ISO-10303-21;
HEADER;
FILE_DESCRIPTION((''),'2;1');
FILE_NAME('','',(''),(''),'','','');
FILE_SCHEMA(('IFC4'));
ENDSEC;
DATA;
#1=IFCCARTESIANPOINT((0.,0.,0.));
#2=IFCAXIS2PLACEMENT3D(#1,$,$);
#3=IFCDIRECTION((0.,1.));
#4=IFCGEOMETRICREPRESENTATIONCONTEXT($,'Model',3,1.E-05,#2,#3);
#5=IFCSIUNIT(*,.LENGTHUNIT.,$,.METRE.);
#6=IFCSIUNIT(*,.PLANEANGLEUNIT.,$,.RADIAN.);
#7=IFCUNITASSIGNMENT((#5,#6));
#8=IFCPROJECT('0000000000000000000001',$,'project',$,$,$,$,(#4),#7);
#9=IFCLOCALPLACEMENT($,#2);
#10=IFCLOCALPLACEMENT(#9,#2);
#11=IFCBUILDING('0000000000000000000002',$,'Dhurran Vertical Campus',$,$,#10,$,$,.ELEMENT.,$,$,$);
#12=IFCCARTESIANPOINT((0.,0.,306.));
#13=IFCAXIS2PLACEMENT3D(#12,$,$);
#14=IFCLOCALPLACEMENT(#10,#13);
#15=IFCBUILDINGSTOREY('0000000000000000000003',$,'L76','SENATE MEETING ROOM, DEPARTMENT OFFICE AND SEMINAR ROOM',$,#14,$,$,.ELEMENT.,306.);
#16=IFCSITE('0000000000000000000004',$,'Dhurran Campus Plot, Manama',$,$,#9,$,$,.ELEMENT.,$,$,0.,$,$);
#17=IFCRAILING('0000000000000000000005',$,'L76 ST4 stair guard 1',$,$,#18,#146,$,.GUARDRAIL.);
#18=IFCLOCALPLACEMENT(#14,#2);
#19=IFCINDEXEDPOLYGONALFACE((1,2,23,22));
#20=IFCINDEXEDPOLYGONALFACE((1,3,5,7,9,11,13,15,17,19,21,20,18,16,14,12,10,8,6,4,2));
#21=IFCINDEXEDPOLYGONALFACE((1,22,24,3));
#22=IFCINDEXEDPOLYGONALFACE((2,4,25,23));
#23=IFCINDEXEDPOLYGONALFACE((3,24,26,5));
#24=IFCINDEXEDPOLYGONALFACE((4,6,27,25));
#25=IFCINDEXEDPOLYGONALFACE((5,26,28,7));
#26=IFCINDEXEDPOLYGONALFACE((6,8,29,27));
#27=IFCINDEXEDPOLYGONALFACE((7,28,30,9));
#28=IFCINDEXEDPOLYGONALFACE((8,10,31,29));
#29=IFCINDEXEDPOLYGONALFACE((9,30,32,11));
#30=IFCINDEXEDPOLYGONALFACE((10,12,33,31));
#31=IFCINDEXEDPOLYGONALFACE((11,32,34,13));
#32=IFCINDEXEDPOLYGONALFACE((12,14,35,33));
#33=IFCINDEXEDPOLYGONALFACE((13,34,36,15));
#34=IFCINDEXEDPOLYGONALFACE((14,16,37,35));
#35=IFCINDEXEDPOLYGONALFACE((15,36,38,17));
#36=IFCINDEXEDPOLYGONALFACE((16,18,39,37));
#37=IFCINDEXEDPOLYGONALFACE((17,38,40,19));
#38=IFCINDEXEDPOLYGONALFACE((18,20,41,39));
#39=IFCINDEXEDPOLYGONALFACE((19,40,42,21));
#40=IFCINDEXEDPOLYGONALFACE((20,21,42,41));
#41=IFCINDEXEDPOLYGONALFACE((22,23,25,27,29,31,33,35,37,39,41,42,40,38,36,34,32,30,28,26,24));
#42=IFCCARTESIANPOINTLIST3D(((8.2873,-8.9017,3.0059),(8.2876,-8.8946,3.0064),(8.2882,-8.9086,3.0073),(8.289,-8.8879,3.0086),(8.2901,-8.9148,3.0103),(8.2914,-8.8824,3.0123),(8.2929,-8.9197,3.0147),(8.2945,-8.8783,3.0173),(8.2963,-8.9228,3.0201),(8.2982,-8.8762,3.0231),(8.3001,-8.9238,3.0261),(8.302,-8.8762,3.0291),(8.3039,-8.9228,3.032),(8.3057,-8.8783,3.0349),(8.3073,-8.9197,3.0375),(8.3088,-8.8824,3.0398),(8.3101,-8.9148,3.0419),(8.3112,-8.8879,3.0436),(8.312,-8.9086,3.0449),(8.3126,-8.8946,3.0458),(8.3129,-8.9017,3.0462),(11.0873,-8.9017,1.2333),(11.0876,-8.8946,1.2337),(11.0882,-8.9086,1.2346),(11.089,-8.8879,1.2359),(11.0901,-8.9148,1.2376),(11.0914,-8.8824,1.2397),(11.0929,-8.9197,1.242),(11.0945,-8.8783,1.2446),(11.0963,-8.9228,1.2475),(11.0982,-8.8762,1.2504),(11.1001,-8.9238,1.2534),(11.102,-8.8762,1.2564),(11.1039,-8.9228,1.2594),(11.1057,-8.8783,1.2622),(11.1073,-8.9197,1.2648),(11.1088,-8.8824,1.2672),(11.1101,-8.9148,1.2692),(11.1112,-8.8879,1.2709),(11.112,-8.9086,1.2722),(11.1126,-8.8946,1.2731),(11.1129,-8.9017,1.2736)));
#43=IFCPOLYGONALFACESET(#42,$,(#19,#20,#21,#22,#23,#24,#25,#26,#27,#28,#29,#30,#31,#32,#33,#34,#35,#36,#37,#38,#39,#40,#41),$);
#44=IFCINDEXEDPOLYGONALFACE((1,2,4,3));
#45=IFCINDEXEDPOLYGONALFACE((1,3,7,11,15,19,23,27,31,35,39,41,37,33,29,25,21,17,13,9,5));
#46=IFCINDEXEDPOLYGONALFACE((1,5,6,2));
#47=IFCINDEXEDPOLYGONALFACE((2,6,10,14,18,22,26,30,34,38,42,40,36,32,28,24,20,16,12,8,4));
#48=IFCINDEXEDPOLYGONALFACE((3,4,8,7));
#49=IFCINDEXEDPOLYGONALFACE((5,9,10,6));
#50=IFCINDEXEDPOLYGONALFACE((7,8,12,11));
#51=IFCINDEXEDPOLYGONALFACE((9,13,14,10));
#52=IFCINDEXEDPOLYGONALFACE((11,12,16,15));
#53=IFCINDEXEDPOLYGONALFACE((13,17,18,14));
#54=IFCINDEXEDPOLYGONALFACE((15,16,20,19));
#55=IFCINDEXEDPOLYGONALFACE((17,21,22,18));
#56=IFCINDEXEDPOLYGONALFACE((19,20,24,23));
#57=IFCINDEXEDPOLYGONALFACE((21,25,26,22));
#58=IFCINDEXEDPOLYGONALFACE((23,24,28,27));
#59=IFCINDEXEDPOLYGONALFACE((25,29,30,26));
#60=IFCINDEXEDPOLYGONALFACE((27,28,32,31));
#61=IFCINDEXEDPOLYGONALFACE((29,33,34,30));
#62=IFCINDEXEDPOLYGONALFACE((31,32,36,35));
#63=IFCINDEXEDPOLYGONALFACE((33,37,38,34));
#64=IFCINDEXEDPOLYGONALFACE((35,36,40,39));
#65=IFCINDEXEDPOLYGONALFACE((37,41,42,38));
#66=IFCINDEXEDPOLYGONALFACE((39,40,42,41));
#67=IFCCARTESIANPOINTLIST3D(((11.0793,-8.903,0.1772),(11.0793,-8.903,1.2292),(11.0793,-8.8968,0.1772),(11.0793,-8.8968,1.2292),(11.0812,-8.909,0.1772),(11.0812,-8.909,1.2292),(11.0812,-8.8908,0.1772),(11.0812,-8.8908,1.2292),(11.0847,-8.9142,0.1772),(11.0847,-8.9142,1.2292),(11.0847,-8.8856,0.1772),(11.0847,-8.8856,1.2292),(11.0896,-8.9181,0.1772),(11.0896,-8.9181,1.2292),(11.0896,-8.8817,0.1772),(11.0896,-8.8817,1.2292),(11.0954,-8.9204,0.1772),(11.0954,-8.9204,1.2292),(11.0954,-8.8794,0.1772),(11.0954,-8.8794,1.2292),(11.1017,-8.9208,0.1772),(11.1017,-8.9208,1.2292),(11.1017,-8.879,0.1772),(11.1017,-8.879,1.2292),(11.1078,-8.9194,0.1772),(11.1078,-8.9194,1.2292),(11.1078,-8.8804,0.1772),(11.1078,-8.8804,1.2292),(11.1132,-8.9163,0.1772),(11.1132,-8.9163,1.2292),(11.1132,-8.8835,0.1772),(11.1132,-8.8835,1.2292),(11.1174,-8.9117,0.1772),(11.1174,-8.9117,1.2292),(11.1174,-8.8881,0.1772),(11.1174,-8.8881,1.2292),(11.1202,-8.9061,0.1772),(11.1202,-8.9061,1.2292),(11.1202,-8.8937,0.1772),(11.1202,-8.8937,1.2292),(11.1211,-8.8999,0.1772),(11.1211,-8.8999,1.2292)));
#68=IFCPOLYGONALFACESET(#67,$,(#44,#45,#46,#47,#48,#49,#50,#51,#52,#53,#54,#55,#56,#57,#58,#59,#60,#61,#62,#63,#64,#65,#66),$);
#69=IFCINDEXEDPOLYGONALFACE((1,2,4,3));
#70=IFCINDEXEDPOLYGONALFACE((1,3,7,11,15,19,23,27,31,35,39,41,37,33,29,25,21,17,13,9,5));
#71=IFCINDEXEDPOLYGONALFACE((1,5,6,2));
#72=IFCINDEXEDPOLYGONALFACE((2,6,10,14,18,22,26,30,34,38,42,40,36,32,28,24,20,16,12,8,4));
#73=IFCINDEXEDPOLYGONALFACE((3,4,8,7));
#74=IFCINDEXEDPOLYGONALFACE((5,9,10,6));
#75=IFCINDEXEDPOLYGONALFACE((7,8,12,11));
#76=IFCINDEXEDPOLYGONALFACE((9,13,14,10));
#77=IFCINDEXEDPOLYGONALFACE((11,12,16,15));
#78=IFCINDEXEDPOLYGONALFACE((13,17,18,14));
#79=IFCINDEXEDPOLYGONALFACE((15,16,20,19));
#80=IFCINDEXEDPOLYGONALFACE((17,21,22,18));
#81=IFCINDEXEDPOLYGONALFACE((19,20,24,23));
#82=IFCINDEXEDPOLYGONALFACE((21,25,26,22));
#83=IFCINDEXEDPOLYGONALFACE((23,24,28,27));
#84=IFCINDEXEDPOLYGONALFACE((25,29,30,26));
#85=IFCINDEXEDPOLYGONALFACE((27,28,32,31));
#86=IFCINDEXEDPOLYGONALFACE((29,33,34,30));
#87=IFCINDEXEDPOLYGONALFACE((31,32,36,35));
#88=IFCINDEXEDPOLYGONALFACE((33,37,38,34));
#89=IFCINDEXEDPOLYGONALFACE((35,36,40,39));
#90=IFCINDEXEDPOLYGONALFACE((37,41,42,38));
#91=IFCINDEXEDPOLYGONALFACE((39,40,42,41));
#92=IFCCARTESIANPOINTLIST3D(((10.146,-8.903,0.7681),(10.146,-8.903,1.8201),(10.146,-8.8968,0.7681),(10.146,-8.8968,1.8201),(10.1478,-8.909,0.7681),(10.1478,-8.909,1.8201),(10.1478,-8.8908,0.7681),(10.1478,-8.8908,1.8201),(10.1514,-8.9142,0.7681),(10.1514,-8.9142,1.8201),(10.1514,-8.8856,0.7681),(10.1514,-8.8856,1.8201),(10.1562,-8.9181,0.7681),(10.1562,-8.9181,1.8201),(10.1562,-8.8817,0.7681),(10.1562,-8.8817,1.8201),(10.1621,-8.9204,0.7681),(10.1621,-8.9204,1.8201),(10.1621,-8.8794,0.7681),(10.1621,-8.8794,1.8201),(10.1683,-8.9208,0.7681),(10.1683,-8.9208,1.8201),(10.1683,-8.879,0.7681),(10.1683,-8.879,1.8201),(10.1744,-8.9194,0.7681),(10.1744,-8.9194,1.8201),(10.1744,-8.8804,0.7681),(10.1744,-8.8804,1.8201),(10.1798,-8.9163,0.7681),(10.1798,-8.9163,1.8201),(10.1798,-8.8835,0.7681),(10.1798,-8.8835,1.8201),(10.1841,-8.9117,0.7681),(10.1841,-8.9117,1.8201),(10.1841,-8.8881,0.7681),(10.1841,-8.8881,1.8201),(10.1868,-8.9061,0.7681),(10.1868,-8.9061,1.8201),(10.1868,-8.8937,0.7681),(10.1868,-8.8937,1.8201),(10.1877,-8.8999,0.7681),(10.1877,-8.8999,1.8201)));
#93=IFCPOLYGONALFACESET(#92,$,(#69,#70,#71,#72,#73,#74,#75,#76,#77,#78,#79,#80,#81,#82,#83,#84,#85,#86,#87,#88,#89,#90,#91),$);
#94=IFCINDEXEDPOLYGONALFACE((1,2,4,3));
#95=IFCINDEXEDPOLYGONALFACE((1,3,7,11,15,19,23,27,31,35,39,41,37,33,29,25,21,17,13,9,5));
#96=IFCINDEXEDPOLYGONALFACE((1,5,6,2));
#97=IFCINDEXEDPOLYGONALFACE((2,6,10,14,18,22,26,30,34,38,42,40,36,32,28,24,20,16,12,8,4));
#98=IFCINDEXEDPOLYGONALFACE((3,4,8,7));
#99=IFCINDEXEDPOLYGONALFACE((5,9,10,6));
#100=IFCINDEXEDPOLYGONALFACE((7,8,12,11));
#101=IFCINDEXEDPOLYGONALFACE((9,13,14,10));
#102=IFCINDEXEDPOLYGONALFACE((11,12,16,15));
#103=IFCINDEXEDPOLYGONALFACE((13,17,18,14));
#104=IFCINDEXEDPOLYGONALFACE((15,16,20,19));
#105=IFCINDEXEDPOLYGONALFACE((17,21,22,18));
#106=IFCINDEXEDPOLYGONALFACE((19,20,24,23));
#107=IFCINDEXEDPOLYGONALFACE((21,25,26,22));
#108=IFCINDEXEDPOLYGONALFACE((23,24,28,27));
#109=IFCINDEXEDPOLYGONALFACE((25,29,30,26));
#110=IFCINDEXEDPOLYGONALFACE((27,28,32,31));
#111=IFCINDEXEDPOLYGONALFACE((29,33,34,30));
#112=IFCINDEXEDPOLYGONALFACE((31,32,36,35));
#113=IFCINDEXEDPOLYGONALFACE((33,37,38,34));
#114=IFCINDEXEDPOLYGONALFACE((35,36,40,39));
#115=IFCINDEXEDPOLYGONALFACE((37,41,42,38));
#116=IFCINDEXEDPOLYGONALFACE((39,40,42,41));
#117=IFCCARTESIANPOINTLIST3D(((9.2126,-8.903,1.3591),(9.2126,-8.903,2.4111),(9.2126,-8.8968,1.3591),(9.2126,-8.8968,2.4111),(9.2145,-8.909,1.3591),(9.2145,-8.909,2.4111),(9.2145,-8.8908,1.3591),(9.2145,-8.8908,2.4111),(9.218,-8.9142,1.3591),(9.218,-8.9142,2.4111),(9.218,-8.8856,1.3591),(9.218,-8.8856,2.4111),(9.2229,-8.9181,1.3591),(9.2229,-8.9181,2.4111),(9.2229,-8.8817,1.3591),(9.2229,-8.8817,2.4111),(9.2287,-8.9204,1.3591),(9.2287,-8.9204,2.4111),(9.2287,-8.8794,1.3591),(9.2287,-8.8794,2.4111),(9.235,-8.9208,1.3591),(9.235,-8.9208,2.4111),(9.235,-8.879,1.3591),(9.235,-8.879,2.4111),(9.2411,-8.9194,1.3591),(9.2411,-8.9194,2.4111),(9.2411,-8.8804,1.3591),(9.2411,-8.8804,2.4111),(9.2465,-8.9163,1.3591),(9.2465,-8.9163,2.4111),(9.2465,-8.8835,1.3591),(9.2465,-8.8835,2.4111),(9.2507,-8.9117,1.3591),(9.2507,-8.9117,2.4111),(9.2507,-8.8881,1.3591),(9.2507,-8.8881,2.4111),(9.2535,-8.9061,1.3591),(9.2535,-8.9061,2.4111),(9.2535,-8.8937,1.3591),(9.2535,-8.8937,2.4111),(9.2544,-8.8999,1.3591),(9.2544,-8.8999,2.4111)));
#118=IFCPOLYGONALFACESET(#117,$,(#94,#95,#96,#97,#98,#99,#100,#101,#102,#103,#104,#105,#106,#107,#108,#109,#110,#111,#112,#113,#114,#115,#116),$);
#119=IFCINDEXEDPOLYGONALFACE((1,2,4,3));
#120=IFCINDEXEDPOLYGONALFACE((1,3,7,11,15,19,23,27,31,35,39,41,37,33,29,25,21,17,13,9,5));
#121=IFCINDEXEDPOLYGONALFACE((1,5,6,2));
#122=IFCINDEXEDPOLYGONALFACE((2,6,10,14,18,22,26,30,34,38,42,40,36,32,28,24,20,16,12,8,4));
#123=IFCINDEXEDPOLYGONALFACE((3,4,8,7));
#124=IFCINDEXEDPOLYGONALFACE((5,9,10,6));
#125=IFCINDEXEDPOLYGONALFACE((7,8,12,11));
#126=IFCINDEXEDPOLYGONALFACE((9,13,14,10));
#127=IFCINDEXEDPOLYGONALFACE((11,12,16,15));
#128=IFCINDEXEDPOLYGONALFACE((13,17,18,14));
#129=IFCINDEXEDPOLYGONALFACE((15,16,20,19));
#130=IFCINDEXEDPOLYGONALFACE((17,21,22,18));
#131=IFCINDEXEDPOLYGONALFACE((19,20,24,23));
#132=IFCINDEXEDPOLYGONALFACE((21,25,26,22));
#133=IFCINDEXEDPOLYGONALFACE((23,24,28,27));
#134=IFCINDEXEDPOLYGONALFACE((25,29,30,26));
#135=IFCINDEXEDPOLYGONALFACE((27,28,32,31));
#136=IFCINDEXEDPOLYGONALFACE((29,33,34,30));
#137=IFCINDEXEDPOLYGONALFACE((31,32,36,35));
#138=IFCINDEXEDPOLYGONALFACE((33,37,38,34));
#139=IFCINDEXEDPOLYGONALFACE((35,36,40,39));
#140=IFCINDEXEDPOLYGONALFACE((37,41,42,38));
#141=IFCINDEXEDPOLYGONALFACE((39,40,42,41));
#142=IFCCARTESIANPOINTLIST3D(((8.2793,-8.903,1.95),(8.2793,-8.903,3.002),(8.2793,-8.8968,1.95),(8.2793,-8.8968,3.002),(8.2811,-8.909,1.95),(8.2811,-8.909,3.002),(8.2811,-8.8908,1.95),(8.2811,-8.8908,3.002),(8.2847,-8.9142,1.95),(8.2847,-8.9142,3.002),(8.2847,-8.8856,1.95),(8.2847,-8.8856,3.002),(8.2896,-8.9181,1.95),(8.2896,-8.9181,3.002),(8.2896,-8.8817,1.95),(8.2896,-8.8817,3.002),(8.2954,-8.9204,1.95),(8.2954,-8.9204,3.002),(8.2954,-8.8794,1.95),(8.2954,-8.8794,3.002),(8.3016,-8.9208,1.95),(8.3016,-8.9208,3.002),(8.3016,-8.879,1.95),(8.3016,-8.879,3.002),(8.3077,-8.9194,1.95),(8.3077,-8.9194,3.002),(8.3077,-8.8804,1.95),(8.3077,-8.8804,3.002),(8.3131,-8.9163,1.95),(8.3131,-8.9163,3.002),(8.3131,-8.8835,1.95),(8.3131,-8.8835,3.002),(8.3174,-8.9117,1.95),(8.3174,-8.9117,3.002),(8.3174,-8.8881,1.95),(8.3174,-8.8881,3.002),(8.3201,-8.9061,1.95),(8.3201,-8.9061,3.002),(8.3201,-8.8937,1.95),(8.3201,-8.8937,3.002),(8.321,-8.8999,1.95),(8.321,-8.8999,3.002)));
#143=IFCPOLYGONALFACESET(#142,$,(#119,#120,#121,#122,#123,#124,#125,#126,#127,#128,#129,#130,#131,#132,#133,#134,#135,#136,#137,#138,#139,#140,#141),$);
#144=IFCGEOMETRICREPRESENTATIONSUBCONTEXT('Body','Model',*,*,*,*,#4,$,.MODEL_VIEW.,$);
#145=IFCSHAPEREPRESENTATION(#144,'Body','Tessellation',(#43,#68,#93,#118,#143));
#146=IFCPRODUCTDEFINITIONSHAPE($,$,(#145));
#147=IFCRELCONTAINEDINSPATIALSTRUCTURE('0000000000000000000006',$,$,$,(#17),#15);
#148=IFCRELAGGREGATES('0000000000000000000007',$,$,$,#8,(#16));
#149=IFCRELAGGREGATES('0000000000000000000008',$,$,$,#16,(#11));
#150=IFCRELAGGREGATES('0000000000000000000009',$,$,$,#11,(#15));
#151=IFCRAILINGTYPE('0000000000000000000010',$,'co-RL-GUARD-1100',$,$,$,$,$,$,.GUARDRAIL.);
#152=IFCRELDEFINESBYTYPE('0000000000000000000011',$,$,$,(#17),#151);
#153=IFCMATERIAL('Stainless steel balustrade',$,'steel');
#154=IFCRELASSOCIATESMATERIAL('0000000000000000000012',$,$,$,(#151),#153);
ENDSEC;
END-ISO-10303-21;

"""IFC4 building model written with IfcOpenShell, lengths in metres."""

from ifc_helpers import new_model, si_unit, direction, frame, origin, origin_2d, place, context, subcontext, project, spatial, circle, extrude, material, type_object, element, save


model = new_model("IFC4")

# Units and contexts
model_context = context("Model", 3, precision=1e-05, world=origin(), true_north=direction((0.0, 1.0)))
body_context = subcontext(model_context, "Body", "Model", "MODEL_VIEW")
ifc_project = project(units=[si_unit("LENGTHUNIT", "METRE"), si_unit("PLANEANGLEUNIT", "RADIAN")], contexts=[model_context])

# Site, building, storey
site_placement = place(None, origin())
site = spatial("IfcSite", under=ifc_project, at=site_placement, Name="Dhurran Campus Plot, Manama", CompositionType="ELEMENT", RefElevation=0.0)
building_placement = place(site_placement, origin())
building = spatial("IfcBuilding", under=site, at=building_placement, Name="Dhurran Vertical Campus", CompositionType="ELEMENT")
storey_placement = place(building_placement, frame((0.0, 0.0, 306.0)))
storey = spatial("IfcBuildingStorey", under=building, at=storey_placement, Name="L76", Description="SENATE MEETING ROOM, DEPARTMENT OFFICE AND SEMINAR ROOM", CompositionType="ELEMENT", Elevation=306.0)

# Railing
ifc_material_1 = material(Name="Stainless steel balustrade", Category="steel")
railing_type_1 = type_object("IfcRailingType", Name="co-RL-GUARD-1100", PredefinedType="GUARDRAIL", material=ifc_material_1)
railing_1_placement = place(storey_placement, frame((11.1001, -8.8999, 0.1772)))
element("IfcRailing", 1, at=railing_1_placement, inside=storey, type_object=railing_type_1, Name="L76 ST4 stair guard 1", PredefinedType="GUARDRAIL", context=body_context, shape_type="SweptSolid", body=[
    extrude(circle(Radius=0.0239, at=origin_2d()), frame((0.0, 0.0, 1.0762), z_axis=(-0.844909, 0.0, 0.53491), x_axis=(0.0, -1.0, 0.0)), (0.0, 0.0, 1.0), 3.314),
    extrude(circle(Radius=0.021, at=origin_2d()), origin(), (0.0, 0.0, 1.0), 1.052),
    extrude(circle(Radius=0.021, at=origin_2d()), frame((-0.9333, 0.0, 0.5908)), (0.0, 0.0, 1.0), 1.052),
    extrude(circle(Radius=0.021, at=origin_2d()), frame((-1.8667, 0.0, 1.1819)), (0.0, 0.0, 1.0), 1.052),
    extrude(circle(Radius=0.021, at=origin_2d()), frame((-2.8, 0.0, 1.7727)), (0.0, 0.0, 1.0), 1.052),
])

save(model, "model.ifc")
